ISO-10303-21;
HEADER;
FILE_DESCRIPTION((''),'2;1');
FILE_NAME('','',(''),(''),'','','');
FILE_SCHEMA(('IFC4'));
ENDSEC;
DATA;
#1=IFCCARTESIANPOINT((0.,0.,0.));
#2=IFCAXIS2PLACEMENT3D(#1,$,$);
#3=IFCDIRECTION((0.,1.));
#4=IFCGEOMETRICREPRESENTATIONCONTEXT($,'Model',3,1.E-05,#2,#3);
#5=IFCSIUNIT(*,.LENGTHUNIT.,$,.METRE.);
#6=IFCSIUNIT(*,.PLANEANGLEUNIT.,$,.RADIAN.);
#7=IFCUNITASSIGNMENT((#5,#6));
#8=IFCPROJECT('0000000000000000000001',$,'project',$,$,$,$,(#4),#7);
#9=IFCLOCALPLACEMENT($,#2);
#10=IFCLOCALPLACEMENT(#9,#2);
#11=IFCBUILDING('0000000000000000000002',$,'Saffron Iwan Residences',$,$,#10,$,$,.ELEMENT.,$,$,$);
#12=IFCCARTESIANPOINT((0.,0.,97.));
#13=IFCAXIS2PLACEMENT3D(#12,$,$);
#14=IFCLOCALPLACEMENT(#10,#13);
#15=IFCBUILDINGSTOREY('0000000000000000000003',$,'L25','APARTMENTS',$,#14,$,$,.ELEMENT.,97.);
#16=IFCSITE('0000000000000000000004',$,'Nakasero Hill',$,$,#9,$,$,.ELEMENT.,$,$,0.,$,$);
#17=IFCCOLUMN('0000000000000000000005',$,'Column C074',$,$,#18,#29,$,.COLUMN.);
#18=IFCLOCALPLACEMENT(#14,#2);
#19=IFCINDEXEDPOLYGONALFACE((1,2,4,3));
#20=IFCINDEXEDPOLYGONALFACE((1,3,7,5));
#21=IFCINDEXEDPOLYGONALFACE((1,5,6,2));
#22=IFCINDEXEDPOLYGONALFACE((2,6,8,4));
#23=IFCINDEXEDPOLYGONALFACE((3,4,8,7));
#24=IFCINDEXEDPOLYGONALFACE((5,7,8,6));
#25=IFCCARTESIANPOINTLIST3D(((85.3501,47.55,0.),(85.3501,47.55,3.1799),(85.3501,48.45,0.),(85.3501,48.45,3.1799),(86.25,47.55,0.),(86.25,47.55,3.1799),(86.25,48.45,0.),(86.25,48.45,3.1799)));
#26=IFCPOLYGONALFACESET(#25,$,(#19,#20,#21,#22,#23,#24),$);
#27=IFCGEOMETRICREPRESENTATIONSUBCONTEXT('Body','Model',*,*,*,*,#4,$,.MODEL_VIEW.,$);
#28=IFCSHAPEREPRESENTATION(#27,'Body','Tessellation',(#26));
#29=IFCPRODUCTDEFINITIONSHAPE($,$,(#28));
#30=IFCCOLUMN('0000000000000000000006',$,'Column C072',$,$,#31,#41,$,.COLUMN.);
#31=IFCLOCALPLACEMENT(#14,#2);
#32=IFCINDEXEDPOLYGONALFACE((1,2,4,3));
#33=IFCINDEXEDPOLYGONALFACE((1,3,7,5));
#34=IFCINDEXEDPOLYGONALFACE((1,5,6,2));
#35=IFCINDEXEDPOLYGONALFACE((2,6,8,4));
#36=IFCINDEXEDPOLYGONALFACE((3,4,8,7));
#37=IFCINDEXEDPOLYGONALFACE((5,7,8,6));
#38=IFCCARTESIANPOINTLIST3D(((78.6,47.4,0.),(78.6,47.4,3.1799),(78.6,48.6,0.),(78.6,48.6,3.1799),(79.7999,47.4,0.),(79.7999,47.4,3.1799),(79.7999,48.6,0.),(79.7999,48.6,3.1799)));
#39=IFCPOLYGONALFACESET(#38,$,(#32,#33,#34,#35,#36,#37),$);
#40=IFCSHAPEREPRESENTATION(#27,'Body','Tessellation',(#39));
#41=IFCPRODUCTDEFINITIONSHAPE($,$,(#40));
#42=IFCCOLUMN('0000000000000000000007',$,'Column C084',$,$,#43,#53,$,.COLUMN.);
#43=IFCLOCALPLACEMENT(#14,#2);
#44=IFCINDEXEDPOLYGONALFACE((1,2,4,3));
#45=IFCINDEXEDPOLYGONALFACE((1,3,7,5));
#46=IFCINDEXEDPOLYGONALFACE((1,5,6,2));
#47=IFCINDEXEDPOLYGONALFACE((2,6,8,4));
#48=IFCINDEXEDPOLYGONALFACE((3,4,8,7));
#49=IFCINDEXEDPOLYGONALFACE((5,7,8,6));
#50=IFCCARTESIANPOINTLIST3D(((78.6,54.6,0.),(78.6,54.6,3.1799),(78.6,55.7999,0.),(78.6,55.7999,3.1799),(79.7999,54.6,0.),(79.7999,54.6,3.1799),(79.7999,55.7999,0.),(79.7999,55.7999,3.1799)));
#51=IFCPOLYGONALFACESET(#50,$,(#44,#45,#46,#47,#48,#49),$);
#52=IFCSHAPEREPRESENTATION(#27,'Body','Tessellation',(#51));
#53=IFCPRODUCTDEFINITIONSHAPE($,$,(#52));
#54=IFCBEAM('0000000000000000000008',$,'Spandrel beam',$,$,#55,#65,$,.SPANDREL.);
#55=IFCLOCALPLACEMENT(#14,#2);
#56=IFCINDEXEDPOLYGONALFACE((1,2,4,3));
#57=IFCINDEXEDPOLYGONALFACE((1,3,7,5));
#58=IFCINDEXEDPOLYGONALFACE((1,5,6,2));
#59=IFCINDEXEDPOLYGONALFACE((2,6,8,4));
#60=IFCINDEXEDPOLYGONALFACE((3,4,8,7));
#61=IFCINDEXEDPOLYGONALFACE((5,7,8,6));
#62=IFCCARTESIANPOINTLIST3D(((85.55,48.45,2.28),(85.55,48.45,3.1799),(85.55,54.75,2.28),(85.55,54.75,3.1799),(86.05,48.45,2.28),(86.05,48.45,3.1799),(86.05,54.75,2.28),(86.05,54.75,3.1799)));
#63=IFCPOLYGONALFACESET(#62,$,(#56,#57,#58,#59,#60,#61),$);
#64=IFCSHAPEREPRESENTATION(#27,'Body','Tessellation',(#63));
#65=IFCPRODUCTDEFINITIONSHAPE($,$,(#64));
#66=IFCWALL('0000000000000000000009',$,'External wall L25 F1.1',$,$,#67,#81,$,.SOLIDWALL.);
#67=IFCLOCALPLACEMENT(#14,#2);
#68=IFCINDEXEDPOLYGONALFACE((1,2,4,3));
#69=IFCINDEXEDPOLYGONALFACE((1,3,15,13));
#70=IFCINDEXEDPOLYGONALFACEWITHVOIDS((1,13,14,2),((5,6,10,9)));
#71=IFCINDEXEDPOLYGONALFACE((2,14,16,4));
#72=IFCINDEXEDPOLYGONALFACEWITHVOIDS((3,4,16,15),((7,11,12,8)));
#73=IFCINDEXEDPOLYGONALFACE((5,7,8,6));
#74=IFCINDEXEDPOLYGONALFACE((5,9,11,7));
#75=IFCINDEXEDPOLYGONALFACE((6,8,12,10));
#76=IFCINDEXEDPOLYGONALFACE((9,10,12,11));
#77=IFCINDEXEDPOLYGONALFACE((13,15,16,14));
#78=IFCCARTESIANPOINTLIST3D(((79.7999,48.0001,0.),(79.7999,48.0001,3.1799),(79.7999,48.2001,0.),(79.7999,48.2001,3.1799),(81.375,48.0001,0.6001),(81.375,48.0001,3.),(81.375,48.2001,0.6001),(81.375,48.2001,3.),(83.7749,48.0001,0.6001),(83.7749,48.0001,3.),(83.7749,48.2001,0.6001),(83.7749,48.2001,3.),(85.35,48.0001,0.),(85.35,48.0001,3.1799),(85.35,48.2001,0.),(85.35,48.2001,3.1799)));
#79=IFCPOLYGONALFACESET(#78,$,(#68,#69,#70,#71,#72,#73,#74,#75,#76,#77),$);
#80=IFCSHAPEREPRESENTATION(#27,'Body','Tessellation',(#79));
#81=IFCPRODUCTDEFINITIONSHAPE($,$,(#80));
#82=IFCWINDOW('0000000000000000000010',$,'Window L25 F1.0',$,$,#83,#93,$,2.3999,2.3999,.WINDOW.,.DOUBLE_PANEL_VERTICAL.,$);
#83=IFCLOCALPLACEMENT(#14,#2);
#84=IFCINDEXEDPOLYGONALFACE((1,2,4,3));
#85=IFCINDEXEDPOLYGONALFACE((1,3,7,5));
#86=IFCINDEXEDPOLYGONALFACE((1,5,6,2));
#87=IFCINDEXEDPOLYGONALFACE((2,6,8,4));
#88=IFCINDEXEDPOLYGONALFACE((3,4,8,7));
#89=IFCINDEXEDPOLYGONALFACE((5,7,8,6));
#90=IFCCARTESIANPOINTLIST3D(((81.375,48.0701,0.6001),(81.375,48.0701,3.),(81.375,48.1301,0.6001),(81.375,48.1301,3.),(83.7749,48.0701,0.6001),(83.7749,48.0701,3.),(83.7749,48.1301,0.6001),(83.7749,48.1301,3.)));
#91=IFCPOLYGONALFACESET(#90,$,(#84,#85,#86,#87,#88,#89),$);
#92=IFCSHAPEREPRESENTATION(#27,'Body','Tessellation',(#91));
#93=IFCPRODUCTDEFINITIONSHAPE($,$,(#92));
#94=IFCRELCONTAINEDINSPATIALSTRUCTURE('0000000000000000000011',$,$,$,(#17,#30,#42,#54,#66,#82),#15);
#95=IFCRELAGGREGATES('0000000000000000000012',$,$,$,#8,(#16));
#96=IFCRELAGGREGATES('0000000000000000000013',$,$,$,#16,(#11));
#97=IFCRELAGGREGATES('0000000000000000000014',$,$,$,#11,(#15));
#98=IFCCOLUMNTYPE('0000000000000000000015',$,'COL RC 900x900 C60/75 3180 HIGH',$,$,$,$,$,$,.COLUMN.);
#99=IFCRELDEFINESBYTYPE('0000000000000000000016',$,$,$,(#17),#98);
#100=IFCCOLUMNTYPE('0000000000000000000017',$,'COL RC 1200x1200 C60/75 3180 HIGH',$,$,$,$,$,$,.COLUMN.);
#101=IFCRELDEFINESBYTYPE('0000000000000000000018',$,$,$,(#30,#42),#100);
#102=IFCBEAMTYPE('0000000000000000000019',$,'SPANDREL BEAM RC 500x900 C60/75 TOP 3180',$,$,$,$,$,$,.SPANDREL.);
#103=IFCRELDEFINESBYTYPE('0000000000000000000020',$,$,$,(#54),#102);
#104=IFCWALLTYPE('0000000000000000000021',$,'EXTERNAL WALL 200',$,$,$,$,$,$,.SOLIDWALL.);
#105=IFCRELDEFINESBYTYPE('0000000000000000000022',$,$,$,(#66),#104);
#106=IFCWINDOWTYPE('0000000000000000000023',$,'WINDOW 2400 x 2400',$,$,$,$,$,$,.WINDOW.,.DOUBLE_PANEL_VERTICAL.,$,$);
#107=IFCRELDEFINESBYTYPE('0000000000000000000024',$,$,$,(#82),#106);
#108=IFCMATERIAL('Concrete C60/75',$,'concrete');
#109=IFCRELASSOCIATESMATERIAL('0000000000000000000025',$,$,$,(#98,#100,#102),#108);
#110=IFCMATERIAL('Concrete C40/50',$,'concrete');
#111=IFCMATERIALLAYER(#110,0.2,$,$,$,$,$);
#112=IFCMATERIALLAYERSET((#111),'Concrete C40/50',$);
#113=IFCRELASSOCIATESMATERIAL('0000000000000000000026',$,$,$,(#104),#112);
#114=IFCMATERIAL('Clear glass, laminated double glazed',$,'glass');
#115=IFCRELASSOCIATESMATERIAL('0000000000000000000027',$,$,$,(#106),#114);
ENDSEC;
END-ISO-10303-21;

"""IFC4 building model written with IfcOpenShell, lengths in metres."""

from ifc_helpers import new_model, si_unit, direction, frame, frame_2d, origin, origin_2d, place, context, subcontext, project, spatial, rectangle, extrude, source, transform, mapped, material, layer, layer_set, material_profile, profile_set, type_object, element, fill, save


model = new_model("IFC4")

# Units and contexts
model_context = context("Model", 3, precision=1e-05, world=origin(), true_north=direction((0.0, 1.0)))
body_context = subcontext(model_context, "Body", "Model", "MODEL_VIEW")
ifc_project = project(units=[si_unit("LENGTHUNIT", "METRE"), si_unit("PLANEANGLEUNIT", "RADIAN")], contexts=[model_context])

# Site, building, storey
site_placement = place(None, origin())
site = spatial("IfcSite", under=ifc_project, at=site_placement, Name="Nakasero Hill", CompositionType="ELEMENT", RefElevation=0.0)
building_placement = place(site_placement, origin())
building = spatial("IfcBuilding", under=site, at=building_placement, Name="Saffron Iwan Residences", CompositionType="ELEMENT")
storey_placement = place(building_placement, frame((0.0, 0.0, 97.0)))
storey = spatial("IfcBuildingStorey", under=building, at=storey_placement, Name="L25", Description="APARTMENTS", CompositionType="ELEMENT", Elevation=97.0)

# Columns
ifc_material_1 = material(Name="Concrete C60/75", Category="concrete")
ifc_material_profile_1 = material_profile(ifc_material_1, rectangle(XDim=0.8999, YDim=0.8999, at=origin_2d()), Name="RC 900x900")
ifc_profile_set_1 = profile_set([ifc_material_profile_1], Name="Concrete C60/75")
column_type_1 = type_object("IfcColumnType", Name="COL RC 900x900 C60/75 3180 HIGH", PredefinedType="COLUMN", material=ifc_profile_set_1)
shared_shape_1 = source(origin(), body_context, "Body", "SweptSolid", [
    extrude(rectangle(XDim=0.8999, YDim=0.8999, at=origin_2d()), origin(), (0.0, 0.0, 1.0), 3.1799),
])
column_placement = place(storey_placement, frame((85.8, 48.0, 0.0), z_axis=(0.0, 0.0, 1.0), x_axis=(1.0, 0.0, 0.0)))
element("IfcColumn", 1, at=column_placement, inside=storey, type_object=column_type_1, Name="Column C074", PredefinedType="COLUMN", context=body_context, shape_type="MappedRepresentation", body=[
    mapped(shared_shape_1, transform((0.0, 0.0, 0.0))),
])
ifc_material_profile_2 = material_profile(ifc_material_1, rectangle(XDim=1.2, YDim=1.2, at=origin_2d()), Name="RC 1200x1200")
ifc_profile_set_2 = profile_set([ifc_material_profile_2], Name="Concrete C60/75")
column_type_2 = type_object("IfcColumnType", Name="COL RC 1200x1200 C60/75 3180 HIGH", PredefinedType="COLUMN", material=ifc_profile_set_2)
shared_shape_2 = source(origin(), body_context, "Body", "SweptSolid", [
    extrude(rectangle(XDim=1.2, YDim=1.2, at=origin_2d()), origin(), (0.0, 0.0, 1.0), 3.1799),
])
for number, where, z_axis, x_axis, name in (
    (2, (79.2, 48.0, 0.0), (0.0, 0.0, 1.0), (1.0, 0.0, 0.0), "Column C072"),
    (3, (79.2, 55.2, 0.0), (0.0, 0.0, 1.0), (1.0, 0.0, 0.0), "Column C084"),
):
    element("IfcColumn", number, at=place(storey_placement, frame(where, z_axis=z_axis, x_axis=x_axis)), inside=storey, type_object=column_type_2, Name=name, PredefinedType="COLUMN", context=body_context, shape_type="MappedRepresentation", body=[
        mapped(shared_shape_2, transform((0.0, 0.0, 0.0))),
    ])

# Beam
ifc_material_profile_3 = material_profile(ifc_material_1, rectangle(XDim=0.5, YDim=0.8999, at=origin_2d()), Name="RC 500x900")
ifc_profile_set_3 = profile_set([ifc_material_profile_3], Name="Concrete C60/75")
beam_type = type_object("IfcBeamType", Name="SPANDREL BEAM RC 500x900 C60/75 TOP 3180", PredefinedType="SPANDREL", material=ifc_profile_set_3)
shared_shape_3 = source(origin(), body_context, "Body", "SweptSolid", [
    extrude(rectangle(XDim=0.5, YDim=0.8999, at=origin_2d()), origin(), (0.0, 0.0, 1.0), 6.3),
])
beam_placement = place(storey_placement, frame((85.8, 54.75, 2.73), z_axis=(0.0, -1.0, 0.0), x_axis=(1.0, 0.0, 0.0)))
element("IfcBeam", 4, at=beam_placement, inside=storey, type_object=beam_type, Name="Spandrel beam", PredefinedType="SPANDREL", context=body_context, shape_type="MappedRepresentation", body=[
    mapped(shared_shape_3, transform((0.0, 0.0, 0.0))),
])

# Wall, opening, window
ifc_material_2 = material(Name="Concrete C40/50", Category="concrete")
ifc_layer_1 = layer(ifc_material_2, 0.2)
ifc_layer_set_1 = layer_set([ifc_layer_1], Name="Concrete C40/50")
wall_type_1 = type_object("IfcWallType", Name="EXTERNAL WALL 200", PredefinedType="SOLIDWALL", material=ifc_layer_set_1)
wall_1_placement = place(storey_placement, frame((79.8, 48.1001, 0.0), z_axis=(0.0, 0.0, 1.0), x_axis=(1.0, 0.0, 0.0)))
wall_1 = element("IfcWall", 5, at=wall_1_placement, inside=storey, type_object=wall_type_1, Name="External wall L25 F1.1", PredefinedType="SOLIDWALL", context=body_context, shape_type="SweptSolid", body=[
    extrude(rectangle(XDim=5.55, YDim=0.2, at=frame_2d((2.7749, 0.0))), origin(), (0.0, 0.0, 1.0), 3.1799),
])
opening_1_placement = place(wall_1_placement, frame((1.575, 0.0, 0.6001)))
opening_1 = element("IfcOpeningElement", 6, at=opening_1_placement, cuts=wall_1, PredefinedType="OPENING", context=body_context, shape_type="SweptSolid", body=[
    extrude(rectangle(XDim=2.3999, YDim=2.3999, at=frame_2d((1.2, 1.2))), frame((0.0, 0.1099, 0.0), z_axis=(0.0, -1.0, 0.0), x_axis=(1.0, 0.0, 0.0)), (0.0, 0.0, 1.0), 0.22),
])
ifc_material_3 = material(Name="Clear glass, laminated double glazed", Category="glass")
window_type = type_object("IfcWindowType", Name="WINDOW 2400 x 2400", PartitioningType="DOUBLE_PANEL_VERTICAL", PredefinedType="WINDOW", material=ifc_material_3)
window_1_placement = place(opening_1_placement, origin())
window_1 = element("IfcWindow", 7, at=window_1_placement, inside=storey, type_object=window_type, Name="Window L25 F1.0", OverallHeight=2.3999, OverallWidth=2.3999, PartitioningType="DOUBLE_PANEL_VERTICAL", PredefinedType="WINDOW", context=body_context, shape_type="SweptSolid", body=[
    extrude(rectangle(XDim=2.3999, YDim=2.3999, at=frame_2d((1.2, 1.2))), frame((0.0, 0.03, 0.0), z_axis=(0.0, -1.0, 0.0), x_axis=(1.0, 0.0, 0.0)), (0.0, 0.0, 1.0), 0.0601),
])
fill(opening_1, window_1)

save(model, "model.ifc")
